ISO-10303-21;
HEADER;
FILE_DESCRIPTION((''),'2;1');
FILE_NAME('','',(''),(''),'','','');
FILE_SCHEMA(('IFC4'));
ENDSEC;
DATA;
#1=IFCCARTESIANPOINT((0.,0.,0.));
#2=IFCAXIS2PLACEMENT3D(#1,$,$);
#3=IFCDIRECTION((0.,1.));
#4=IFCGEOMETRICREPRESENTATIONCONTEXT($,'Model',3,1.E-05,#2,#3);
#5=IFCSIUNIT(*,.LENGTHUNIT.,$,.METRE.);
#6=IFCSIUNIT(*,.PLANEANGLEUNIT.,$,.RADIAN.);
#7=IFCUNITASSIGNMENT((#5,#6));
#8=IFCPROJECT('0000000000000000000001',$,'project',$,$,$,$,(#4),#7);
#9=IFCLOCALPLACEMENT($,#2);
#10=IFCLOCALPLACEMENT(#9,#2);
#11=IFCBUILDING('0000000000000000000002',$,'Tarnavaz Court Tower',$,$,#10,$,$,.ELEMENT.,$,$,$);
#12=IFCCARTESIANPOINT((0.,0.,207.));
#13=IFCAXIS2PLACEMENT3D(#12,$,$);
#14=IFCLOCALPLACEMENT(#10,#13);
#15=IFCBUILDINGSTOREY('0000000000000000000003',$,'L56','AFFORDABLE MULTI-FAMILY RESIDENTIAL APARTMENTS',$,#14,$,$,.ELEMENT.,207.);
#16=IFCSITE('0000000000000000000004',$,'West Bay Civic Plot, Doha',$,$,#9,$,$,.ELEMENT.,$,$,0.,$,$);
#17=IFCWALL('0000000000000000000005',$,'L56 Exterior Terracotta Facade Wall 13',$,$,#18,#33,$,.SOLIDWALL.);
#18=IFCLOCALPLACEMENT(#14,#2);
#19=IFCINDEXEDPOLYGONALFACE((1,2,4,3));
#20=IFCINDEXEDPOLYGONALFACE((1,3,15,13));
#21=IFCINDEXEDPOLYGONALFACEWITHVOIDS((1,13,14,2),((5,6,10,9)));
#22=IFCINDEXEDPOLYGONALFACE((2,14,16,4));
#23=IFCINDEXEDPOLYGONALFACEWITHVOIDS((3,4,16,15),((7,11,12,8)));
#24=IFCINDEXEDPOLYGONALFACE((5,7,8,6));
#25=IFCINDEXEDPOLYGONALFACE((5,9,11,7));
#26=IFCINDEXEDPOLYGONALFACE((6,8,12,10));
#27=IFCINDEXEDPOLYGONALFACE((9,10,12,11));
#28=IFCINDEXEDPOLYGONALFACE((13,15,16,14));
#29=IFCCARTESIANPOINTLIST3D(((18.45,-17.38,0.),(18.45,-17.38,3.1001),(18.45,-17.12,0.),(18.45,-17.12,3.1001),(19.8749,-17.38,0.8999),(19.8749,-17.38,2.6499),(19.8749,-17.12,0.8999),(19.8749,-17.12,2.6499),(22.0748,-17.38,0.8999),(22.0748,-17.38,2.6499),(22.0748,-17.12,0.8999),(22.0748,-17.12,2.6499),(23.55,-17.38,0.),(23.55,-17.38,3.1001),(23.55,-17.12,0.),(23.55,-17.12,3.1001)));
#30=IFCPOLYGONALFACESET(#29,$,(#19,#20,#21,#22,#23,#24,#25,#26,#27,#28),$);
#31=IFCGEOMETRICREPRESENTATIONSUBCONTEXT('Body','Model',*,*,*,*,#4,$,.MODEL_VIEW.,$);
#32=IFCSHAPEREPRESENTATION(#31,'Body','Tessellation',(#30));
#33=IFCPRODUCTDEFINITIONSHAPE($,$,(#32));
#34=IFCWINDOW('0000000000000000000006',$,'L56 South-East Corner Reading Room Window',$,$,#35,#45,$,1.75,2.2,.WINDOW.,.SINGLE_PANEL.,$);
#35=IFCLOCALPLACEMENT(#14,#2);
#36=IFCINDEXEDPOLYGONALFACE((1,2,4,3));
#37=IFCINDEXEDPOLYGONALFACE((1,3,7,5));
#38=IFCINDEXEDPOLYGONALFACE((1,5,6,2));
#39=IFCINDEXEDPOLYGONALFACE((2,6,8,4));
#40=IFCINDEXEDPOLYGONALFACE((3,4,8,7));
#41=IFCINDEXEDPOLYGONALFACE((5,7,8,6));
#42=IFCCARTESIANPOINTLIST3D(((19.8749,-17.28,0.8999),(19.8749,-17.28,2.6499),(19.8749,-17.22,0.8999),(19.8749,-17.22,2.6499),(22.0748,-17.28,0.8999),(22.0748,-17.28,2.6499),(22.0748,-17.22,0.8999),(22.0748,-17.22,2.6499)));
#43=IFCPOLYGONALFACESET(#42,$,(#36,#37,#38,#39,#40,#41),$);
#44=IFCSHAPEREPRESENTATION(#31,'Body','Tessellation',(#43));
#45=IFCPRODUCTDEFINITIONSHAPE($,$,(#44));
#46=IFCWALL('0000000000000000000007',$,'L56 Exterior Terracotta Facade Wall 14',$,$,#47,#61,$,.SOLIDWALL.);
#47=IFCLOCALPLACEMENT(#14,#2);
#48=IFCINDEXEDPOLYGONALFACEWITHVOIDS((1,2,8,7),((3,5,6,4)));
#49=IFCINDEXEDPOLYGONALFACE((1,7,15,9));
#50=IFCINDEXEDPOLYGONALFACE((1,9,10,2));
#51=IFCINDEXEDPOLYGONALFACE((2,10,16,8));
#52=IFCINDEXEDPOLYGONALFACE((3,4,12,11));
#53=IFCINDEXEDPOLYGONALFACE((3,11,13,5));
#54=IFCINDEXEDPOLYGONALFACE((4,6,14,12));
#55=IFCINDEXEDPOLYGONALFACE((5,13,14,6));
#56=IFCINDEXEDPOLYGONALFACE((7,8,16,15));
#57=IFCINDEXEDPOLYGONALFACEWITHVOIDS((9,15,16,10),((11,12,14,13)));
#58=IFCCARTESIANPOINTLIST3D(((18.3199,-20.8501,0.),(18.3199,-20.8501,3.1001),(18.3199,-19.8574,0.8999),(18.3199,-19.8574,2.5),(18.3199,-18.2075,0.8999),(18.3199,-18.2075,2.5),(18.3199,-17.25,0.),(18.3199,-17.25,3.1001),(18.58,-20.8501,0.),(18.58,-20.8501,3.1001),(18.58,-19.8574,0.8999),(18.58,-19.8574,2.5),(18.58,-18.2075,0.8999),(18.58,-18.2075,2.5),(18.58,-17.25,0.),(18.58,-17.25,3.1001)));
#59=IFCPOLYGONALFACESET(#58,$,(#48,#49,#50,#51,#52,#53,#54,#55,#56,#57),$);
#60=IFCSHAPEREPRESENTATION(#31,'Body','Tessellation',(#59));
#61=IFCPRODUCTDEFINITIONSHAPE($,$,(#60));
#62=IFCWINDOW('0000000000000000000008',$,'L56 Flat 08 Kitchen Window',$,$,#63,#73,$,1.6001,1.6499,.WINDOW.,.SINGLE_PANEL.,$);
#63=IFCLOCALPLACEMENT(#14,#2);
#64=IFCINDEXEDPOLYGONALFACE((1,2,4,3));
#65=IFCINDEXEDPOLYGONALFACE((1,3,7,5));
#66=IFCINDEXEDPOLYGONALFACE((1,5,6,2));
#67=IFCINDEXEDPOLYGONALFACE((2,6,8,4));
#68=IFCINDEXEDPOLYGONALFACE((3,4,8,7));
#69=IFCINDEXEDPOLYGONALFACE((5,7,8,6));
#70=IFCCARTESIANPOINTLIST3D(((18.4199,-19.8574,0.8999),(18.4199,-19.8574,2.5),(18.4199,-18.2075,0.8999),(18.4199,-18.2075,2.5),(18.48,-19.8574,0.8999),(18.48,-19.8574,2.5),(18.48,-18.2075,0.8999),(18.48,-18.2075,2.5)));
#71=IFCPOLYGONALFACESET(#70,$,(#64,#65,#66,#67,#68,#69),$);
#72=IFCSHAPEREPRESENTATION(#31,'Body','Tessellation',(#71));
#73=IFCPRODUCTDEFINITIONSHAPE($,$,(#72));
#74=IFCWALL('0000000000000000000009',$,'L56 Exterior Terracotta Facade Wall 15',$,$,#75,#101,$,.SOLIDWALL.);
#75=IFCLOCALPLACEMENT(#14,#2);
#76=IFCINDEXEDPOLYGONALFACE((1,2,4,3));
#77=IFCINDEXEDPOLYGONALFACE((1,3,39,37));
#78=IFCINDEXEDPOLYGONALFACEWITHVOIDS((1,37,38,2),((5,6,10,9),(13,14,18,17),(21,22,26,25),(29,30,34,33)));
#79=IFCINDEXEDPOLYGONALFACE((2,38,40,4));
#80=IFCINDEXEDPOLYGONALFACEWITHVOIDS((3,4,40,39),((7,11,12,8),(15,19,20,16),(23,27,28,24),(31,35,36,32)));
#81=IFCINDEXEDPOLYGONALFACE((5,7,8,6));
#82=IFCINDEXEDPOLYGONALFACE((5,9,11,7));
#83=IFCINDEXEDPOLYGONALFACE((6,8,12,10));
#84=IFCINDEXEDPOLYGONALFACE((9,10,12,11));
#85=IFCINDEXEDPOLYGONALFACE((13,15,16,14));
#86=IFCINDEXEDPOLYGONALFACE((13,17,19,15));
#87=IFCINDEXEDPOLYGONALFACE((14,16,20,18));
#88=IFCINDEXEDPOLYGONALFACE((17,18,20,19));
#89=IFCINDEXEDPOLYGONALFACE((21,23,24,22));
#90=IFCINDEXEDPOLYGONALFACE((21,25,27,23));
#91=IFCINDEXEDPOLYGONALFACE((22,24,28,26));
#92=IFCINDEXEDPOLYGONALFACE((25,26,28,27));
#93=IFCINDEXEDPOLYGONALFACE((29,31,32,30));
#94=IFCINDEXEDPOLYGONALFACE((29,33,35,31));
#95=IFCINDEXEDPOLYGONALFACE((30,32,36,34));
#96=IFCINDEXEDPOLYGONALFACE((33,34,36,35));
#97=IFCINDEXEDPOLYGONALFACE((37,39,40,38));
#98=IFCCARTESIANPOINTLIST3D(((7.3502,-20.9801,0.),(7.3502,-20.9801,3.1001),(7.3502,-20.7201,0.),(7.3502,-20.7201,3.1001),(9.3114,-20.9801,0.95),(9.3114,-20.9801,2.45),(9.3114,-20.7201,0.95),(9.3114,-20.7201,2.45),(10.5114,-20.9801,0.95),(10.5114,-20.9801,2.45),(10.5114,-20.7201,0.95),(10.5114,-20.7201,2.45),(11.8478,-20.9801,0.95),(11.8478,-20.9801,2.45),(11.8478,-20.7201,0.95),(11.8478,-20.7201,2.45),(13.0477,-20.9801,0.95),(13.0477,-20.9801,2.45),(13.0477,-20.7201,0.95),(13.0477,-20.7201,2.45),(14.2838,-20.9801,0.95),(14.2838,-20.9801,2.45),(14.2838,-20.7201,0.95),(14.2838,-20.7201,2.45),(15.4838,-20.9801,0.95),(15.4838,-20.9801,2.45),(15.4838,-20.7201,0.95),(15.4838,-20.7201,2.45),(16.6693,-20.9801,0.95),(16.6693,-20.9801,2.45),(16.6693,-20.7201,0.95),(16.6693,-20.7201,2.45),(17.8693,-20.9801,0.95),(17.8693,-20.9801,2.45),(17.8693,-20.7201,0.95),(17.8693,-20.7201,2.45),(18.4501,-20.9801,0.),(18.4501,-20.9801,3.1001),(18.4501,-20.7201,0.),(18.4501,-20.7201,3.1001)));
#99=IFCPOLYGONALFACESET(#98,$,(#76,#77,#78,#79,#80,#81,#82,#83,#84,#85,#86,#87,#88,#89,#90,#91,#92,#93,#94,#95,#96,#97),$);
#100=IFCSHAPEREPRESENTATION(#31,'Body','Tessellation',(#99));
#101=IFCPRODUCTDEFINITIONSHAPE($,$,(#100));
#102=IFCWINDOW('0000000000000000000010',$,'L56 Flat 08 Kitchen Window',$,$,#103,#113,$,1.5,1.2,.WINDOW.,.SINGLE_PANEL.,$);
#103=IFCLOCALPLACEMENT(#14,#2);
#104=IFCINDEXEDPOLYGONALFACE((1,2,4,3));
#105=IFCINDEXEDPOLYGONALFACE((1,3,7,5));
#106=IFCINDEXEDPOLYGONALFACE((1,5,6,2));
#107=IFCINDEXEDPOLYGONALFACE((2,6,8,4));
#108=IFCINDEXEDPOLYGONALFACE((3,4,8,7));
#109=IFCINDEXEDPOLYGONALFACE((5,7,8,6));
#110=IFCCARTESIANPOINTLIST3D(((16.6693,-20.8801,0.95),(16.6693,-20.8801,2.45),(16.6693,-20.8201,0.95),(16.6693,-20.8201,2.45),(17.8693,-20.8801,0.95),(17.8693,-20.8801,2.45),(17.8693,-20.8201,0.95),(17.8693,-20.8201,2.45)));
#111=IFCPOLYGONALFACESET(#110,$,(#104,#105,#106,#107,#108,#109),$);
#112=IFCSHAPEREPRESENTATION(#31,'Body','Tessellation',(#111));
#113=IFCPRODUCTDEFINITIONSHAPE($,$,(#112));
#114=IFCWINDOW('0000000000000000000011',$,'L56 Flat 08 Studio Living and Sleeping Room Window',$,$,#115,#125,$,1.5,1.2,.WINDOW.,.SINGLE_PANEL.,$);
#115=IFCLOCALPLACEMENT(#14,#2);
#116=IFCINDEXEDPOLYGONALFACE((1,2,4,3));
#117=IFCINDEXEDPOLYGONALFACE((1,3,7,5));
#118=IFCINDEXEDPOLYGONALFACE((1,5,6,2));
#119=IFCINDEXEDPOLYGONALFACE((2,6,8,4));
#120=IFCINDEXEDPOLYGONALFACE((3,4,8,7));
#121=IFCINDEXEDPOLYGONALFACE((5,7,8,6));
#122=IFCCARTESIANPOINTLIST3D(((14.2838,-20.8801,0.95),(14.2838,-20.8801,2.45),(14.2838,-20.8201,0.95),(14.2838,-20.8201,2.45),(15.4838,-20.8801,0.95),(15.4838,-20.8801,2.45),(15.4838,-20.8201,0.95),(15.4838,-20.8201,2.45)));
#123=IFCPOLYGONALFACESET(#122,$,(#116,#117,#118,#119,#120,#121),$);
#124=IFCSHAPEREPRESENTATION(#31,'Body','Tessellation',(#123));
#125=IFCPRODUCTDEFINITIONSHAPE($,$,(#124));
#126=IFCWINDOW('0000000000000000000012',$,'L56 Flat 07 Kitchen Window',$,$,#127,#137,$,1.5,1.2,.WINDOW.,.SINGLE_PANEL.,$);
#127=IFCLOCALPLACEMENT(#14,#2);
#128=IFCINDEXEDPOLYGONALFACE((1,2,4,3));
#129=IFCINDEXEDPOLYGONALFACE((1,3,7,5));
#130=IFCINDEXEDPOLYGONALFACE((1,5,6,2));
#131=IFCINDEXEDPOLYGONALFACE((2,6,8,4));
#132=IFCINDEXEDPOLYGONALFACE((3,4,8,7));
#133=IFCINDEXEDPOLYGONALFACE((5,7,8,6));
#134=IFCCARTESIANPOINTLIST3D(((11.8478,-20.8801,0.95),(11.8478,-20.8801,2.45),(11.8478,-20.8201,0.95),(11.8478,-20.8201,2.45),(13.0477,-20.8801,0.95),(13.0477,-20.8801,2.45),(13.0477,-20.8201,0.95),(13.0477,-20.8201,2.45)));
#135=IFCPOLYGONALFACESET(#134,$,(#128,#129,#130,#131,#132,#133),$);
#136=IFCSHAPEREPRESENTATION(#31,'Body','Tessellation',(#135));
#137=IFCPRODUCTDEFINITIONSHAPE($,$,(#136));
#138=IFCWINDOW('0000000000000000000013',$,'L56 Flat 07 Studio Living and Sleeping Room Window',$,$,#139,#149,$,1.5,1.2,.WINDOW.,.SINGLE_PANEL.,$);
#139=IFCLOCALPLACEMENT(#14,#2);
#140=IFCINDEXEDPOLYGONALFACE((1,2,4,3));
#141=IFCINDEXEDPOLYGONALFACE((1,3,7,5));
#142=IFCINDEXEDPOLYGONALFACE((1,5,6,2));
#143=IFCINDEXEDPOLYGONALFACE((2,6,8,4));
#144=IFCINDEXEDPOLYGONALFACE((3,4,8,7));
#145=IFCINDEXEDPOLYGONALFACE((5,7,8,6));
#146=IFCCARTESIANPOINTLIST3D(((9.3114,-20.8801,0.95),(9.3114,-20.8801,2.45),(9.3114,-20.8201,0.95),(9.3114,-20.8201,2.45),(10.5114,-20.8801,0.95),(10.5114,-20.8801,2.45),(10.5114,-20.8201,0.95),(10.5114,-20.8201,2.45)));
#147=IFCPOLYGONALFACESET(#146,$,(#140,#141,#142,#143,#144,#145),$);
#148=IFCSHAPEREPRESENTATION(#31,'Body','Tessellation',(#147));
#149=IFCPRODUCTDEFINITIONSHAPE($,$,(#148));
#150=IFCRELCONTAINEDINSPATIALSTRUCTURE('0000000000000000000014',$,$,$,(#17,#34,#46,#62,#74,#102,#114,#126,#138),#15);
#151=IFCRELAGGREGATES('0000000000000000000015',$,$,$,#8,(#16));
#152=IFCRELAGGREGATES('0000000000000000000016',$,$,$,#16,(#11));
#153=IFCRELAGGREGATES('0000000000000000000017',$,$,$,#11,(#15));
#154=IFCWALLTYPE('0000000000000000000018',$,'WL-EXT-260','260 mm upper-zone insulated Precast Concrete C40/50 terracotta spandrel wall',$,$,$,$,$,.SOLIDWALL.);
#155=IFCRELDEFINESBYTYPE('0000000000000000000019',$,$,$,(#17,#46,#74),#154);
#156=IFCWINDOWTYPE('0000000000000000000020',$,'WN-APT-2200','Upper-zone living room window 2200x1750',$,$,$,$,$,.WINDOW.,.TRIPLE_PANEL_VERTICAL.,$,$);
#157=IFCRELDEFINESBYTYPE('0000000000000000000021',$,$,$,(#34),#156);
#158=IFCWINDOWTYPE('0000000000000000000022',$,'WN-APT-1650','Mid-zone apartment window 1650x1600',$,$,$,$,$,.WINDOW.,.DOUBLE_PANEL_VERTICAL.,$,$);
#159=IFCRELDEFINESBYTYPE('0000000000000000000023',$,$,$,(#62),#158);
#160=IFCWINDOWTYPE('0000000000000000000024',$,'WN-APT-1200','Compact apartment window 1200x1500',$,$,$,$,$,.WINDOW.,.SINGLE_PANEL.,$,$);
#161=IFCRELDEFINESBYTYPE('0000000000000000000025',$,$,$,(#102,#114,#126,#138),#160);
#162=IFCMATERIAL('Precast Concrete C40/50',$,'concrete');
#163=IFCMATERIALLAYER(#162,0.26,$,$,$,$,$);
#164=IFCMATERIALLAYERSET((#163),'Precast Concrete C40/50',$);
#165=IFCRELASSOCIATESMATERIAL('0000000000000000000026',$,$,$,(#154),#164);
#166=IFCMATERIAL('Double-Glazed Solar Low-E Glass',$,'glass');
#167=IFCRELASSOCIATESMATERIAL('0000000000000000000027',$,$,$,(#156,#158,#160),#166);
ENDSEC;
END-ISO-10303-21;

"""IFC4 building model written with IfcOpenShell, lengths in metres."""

from ifc_helpers import new_model, si_unit, direction, frame, frame_2d, origin, place, context, subcontext, project, spatial, rectangle, extrude, material, layer, layer_set, type_object, element, fill, save


model = new_model("IFC4")

# Units and contexts
model_context = context("Model", 3, precision=1e-05, world=origin(), true_north=direction((0.0, 1.0)))
body_context = subcontext(model_context, "Body", "Model", "MODEL_VIEW")
ifc_project = project(units=[si_unit("LENGTHUNIT", "METRE"), si_unit("PLANEANGLEUNIT", "RADIAN")], contexts=[model_context])

# Site, building, storey
site_placement = place(None, origin())
site = spatial("IfcSite", under=ifc_project, at=site_placement, Name="West Bay Civic Plot, Doha", CompositionType="ELEMENT", RefElevation=0.0)
building_placement = place(site_placement, origin())
building = spatial("IfcBuilding", under=site, at=building_placement, Name="Tarnavaz Court Tower", CompositionType="ELEMENT")
storey_placement = place(building_placement, frame((0.0, 0.0, 207.0)))
storey = spatial("IfcBuildingStorey", under=building, at=storey_placement, Name="L56", Description="AFFORDABLE MULTI-FAMILY RESIDENTIAL APARTMENTS", CompositionType="ELEMENT", Elevation=207.0)

# Walls, openings, windows
ifc_material_1 = material(Name="Precast Concrete C40/50", Category="concrete")
ifc_layer_1 = layer(ifc_material_1, 0.26)
ifc_layer_set_1 = layer_set([ifc_layer_1], Name="Precast Concrete C40/50")
wall_type_1 = type_object("IfcWallType", Name="WL-EXT-260", Description="260 mm upper-zone insulated Precast Concrete C40/50 terracotta spandrel wall", PredefinedType="SOLIDWALL", material=ifc_layer_set_1)
wall_1_placement = place(storey_placement, frame((23.55, -17.25, 0.0), z_axis=(0.0, 0.0, 1.0), x_axis=(-1.0, 0.0, 0.0)))
wall_1 = element("IfcWall", 1, at=wall_1_placement, inside=storey, type_object=wall_type_1, Name="L56 Exterior Terracotta Facade Wall 13", PredefinedType="SOLIDWALL", context=body_context, shape_type="SweptSolid", body=[
    extrude(rectangle(XDim=5.1001, YDim=0.26, at=frame_2d((2.55, 0.0))), origin(), (0.0, 0.0, 1.0), 3.1001),
])
opening_1_placement = place(wall_1_placement, frame((1.4751, 0.0, 0.8999)))
opening_1 = element("IfcOpeningElement", 2, at=opening_1_placement, cuts=wall_1, PredefinedType="OPENING", context=body_context, shape_type="SweptSolid", body=[
    extrude(rectangle(XDim=2.2, YDim=1.75, at=frame_2d((1.1001, 0.875))), frame((0.0, 0.1399, 0.0), z_axis=(0.0, -1.0, 0.0), x_axis=(1.0, 0.0, 0.0)), (0.0, 0.0, 1.0), 0.28),
])
ifc_material_2 = material(Name="Double-Glazed Solar Low-E Glass", Category="glass")
window_type_1 = type_object("IfcWindowType", Name="WN-APT-2200", Description="Upper-zone living room window 2200x1750", PartitioningType="TRIPLE_PANEL_VERTICAL", PredefinedType="WINDOW", material=ifc_material_2)
window_1_placement = place(opening_1_placement, origin())
window_1 = element("IfcWindow", 3, at=window_1_placement, inside=storey, type_object=window_type_1, Name="L56 South-East Corner Reading Room Window", OverallHeight=1.75, OverallWidth=2.2, PartitioningType="SINGLE_PANEL", PredefinedType="WINDOW", context=body_context, shape_type="SweptSolid", body=[
    extrude(rectangle(XDim=2.2, YDim=1.75, at=frame_2d((1.1001, 0.875))), frame((0.0, 0.03, 0.0), z_axis=(0.0, -1.0, 0.0), x_axis=(1.0, 0.0, 0.0)), (0.0, 0.0, 1.0), 0.0601),
])
fill(opening_1, window_1)
wall_2_placement = place(storey_placement, frame((18.45, -17.25, 0.0), z_axis=(0.0, 0.0, 1.0), x_axis=(0.0, -1.0, 0.0)))
wall_2 = element("IfcWall", 4, at=wall_2_placement, inside=storey, type_object=wall_type_1, Name="L56 Exterior Terracotta Facade Wall 14", PredefinedType="SOLIDWALL", context=body_context, shape_type="SweptSolid", body=[
    extrude(rectangle(XDim=3.6001, YDim=0.26, at=frame_2d((1.8, 0.0))), origin(), (0.0, 0.0, 1.0), 3.1001),
])
opening_2_placement = place(wall_2_placement, frame((0.9575, 0.0, 0.8999)))
opening_2 = element("IfcOpeningElement", 5, at=opening_2_placement, cuts=wall_2, PredefinedType="OPENING", context=body_context, shape_type="SweptSolid", body=[
    extrude(rectangle(XDim=1.6499, YDim=1.6001, at=frame_2d((0.825, 0.8))), frame((0.0, 0.1399, 0.0), z_axis=(0.0, -1.0, 0.0), x_axis=(1.0, 0.0, 0.0)), (0.0, 0.0, 1.0), 0.28),
])
window_type_2 = type_object("IfcWindowType", Name="WN-APT-1650", Description="Mid-zone apartment window 1650x1600", PartitioningType="DOUBLE_PANEL_VERTICAL", PredefinedType="WINDOW", material=ifc_material_2)
window_2_placement = place(opening_2_placement, origin())
window_2 = element("IfcWindow", 6, at=window_2_placement, inside=storey, type_object=window_type_2, Name="L56 Flat 08 Kitchen Window", OverallHeight=1.6001, OverallWidth=1.6499, PartitioningType="SINGLE_PANEL", PredefinedType="WINDOW", context=body_context, shape_type="SweptSolid", body=[
    extrude(rectangle(XDim=1.6499, YDim=1.6001, at=frame_2d((0.825, 0.8))), frame((0.0, 0.03, 0.0), z_axis=(0.0, -1.0, 0.0), x_axis=(1.0, 0.0, 0.0)), (0.0, 0.0, 1.0), 0.0601),
])
fill(opening_2, window_2)

# Wall, openings, windows
wall_3_placement = place(storey_placement, frame((18.45, -20.8501, 0.0), z_axis=(0.0, 0.0, 1.0), x_axis=(-1.0, 0.0, 0.0)))
wall_3 = element("IfcWall", 7, at=wall_3_placement, inside=storey, type_object=wall_type_1, Name="L56 Exterior Terracotta Facade Wall 15", PredefinedType="SOLIDWALL", context=body_context, shape_type="SweptSolid", body=[
    extrude(rectangle(XDim=11.0999, YDim=0.26, at=frame_2d((5.5498, 0.0))), origin(), (0.0, 0.0, 1.0), 3.1001),
])
opening_3_placement = place(wall_3_placement, frame((0.5806, 0.0, 0.95)))
opening_3 = element("IfcOpeningElement", 8, at=opening_3_placement, cuts=wall_3, PredefinedType="OPENING", context=body_context, shape_type="SweptSolid", body=[
    extrude(rectangle(XDim=1.2, YDim=1.5, at=frame_2d((0.6001, 0.75))), frame((0.0, 0.1399, 0.0), z_axis=(0.0, -1.0, 0.0), x_axis=(1.0, 0.0, 0.0)), (0.0, 0.0, 1.0), 0.28),
])
opening_4_placement = place(wall_3_placement, frame((2.9661, 0.0, 0.95)))
opening_4 = element("IfcOpeningElement", 9, at=opening_4_placement, cuts=wall_3, PredefinedType="OPENING", context=body_context, shape_type="SweptSolid", body=[
    extrude(rectangle(XDim=1.2, YDim=1.5, at=frame_2d((0.6001, 0.75))), frame((0.0, 0.1399, 0.0), z_axis=(0.0, -1.0, 0.0), x_axis=(1.0, 0.0, 0.0)), (0.0, 0.0, 1.0), 0.28),
])
opening_5_placement = place(wall_3_placement, frame((5.4021, 0.0, 0.95)))
opening_5 = element("IfcOpeningElement", 10, at=opening_5_placement, cuts=wall_3, PredefinedType="OPENING", context=body_context, shape_type="SweptSolid", body=[
    extrude(rectangle(XDim=1.2, YDim=1.5, at=frame_2d((0.6001, 0.75))), frame((0.0, 0.1399, 0.0), z_axis=(0.0, -1.0, 0.0), x_axis=(1.0, 0.0, 0.0)), (0.0, 0.0, 1.0), 0.28),
])
opening_6_placement = place(wall_3_placement, frame((7.9385, 0.0, 0.95)))
opening_6 = element("IfcOpeningElement", 11, at=opening_6_placement, cuts=wall_3, PredefinedType="OPENING", context=body_context, shape_type="SweptSolid", body=[
    extrude(rectangle(XDim=1.2, YDim=1.5, at=frame_2d((0.6001, 0.75))), frame((0.0, 0.1399, 0.0), z_axis=(0.0, -1.0, 0.0), x_axis=(1.0, 0.0, 0.0)), (0.0, 0.0, 1.0), 0.28),
])
window_type_3 = type_object("IfcWindowType", Name="WN-APT-1200", Description="Compact apartment window 1200x1500", PartitioningType="SINGLE_PANEL", PredefinedType="WINDOW", material=ifc_material_2)
window_3_placement = place(opening_3_placement, origin())
window_3 = element("IfcWindow", 12, at=window_3_placement, inside=storey, type_object=window_type_3, Name="L56 Flat 08 Kitchen Window", OverallHeight=1.5, OverallWidth=1.2, PartitioningType="SINGLE_PANEL", PredefinedType="WINDOW", context=body_context, shape_type="SweptSolid", body=[
    extrude(rectangle(XDim=1.2, YDim=1.5, at=frame_2d((0.6001, 0.75))), frame((0.0, 0.03, 0.0), z_axis=(0.0, -1.0, 0.0), x_axis=(1.0, 0.0, 0.0)), (0.0, 0.0, 1.0), 0.0601),
])
fill(opening_3, window_3)
window_4_placement = place(opening_4_placement, origin())
window_4 = element("IfcWindow", 13, at=window_4_placement, inside=storey, type_object=window_type_3, Name="L56 Flat 08 Studio Living and Sleeping Room Window", OverallHeight=1.5, OverallWidth=1.2, PartitioningType="SINGLE_PANEL", PredefinedType="WINDOW", context=body_context, shape_type="SweptSolid", body=[
    extrude(rectangle(XDim=1.2, YDim=1.5, at=frame_2d((0.6001, 0.75))), frame((0.0, 0.03, 0.0), z_axis=(0.0, -1.0, 0.0), x_axis=(1.0, 0.0, 0.0)), (0.0, 0.0, 1.0), 0.0601),
])
fill(opening_4, window_4)
window_5_placement = place(opening_5_placement, origin())
window_5 = element("IfcWindow", 14, at=window_5_placement, inside=storey, type_object=window_type_3, Name="L56 Flat 07 Kitchen Window", OverallHeight=1.5, OverallWidth=1.2, PartitioningType="SINGLE_PANEL", PredefinedType="WINDOW", context=body_context, shape_type="SweptSolid", body=[
    extrude(rectangle(XDim=1.2, YDim=1.5, at=frame_2d((0.6001, 0.75))), frame((0.0, 0.03, 0.0), z_axis=(0.0, -1.0, 0.0), x_axis=(1.0, 0.0, 0.0)), (0.0, 0.0, 1.0), 0.0601),
])
fill(opening_5, window_5)
window_6_placement = place(opening_6_placement, origin())
window_6 = element("IfcWindow", 15, at=window_6_placement, inside=storey, type_object=window_type_3, Name="L56 Flat 07 Studio Living and Sleeping Room Window", OverallHeight=1.5, OverallWidth=1.2, PartitioningType="SINGLE_PANEL", PredefinedType="WINDOW", context=body_context, shape_type="SweptSolid", body=[
    extrude(rectangle(XDim=1.2, YDim=1.5, at=frame_2d((0.6001, 0.75))), frame((0.0, 0.03, 0.0), z_axis=(0.0, -1.0, 0.0), x_axis=(1.0, 0.0, 0.0)), (0.0, 0.0, 1.0), 0.0601),
])
fill(opening_6, window_6)

save(model, "model.ifc")
